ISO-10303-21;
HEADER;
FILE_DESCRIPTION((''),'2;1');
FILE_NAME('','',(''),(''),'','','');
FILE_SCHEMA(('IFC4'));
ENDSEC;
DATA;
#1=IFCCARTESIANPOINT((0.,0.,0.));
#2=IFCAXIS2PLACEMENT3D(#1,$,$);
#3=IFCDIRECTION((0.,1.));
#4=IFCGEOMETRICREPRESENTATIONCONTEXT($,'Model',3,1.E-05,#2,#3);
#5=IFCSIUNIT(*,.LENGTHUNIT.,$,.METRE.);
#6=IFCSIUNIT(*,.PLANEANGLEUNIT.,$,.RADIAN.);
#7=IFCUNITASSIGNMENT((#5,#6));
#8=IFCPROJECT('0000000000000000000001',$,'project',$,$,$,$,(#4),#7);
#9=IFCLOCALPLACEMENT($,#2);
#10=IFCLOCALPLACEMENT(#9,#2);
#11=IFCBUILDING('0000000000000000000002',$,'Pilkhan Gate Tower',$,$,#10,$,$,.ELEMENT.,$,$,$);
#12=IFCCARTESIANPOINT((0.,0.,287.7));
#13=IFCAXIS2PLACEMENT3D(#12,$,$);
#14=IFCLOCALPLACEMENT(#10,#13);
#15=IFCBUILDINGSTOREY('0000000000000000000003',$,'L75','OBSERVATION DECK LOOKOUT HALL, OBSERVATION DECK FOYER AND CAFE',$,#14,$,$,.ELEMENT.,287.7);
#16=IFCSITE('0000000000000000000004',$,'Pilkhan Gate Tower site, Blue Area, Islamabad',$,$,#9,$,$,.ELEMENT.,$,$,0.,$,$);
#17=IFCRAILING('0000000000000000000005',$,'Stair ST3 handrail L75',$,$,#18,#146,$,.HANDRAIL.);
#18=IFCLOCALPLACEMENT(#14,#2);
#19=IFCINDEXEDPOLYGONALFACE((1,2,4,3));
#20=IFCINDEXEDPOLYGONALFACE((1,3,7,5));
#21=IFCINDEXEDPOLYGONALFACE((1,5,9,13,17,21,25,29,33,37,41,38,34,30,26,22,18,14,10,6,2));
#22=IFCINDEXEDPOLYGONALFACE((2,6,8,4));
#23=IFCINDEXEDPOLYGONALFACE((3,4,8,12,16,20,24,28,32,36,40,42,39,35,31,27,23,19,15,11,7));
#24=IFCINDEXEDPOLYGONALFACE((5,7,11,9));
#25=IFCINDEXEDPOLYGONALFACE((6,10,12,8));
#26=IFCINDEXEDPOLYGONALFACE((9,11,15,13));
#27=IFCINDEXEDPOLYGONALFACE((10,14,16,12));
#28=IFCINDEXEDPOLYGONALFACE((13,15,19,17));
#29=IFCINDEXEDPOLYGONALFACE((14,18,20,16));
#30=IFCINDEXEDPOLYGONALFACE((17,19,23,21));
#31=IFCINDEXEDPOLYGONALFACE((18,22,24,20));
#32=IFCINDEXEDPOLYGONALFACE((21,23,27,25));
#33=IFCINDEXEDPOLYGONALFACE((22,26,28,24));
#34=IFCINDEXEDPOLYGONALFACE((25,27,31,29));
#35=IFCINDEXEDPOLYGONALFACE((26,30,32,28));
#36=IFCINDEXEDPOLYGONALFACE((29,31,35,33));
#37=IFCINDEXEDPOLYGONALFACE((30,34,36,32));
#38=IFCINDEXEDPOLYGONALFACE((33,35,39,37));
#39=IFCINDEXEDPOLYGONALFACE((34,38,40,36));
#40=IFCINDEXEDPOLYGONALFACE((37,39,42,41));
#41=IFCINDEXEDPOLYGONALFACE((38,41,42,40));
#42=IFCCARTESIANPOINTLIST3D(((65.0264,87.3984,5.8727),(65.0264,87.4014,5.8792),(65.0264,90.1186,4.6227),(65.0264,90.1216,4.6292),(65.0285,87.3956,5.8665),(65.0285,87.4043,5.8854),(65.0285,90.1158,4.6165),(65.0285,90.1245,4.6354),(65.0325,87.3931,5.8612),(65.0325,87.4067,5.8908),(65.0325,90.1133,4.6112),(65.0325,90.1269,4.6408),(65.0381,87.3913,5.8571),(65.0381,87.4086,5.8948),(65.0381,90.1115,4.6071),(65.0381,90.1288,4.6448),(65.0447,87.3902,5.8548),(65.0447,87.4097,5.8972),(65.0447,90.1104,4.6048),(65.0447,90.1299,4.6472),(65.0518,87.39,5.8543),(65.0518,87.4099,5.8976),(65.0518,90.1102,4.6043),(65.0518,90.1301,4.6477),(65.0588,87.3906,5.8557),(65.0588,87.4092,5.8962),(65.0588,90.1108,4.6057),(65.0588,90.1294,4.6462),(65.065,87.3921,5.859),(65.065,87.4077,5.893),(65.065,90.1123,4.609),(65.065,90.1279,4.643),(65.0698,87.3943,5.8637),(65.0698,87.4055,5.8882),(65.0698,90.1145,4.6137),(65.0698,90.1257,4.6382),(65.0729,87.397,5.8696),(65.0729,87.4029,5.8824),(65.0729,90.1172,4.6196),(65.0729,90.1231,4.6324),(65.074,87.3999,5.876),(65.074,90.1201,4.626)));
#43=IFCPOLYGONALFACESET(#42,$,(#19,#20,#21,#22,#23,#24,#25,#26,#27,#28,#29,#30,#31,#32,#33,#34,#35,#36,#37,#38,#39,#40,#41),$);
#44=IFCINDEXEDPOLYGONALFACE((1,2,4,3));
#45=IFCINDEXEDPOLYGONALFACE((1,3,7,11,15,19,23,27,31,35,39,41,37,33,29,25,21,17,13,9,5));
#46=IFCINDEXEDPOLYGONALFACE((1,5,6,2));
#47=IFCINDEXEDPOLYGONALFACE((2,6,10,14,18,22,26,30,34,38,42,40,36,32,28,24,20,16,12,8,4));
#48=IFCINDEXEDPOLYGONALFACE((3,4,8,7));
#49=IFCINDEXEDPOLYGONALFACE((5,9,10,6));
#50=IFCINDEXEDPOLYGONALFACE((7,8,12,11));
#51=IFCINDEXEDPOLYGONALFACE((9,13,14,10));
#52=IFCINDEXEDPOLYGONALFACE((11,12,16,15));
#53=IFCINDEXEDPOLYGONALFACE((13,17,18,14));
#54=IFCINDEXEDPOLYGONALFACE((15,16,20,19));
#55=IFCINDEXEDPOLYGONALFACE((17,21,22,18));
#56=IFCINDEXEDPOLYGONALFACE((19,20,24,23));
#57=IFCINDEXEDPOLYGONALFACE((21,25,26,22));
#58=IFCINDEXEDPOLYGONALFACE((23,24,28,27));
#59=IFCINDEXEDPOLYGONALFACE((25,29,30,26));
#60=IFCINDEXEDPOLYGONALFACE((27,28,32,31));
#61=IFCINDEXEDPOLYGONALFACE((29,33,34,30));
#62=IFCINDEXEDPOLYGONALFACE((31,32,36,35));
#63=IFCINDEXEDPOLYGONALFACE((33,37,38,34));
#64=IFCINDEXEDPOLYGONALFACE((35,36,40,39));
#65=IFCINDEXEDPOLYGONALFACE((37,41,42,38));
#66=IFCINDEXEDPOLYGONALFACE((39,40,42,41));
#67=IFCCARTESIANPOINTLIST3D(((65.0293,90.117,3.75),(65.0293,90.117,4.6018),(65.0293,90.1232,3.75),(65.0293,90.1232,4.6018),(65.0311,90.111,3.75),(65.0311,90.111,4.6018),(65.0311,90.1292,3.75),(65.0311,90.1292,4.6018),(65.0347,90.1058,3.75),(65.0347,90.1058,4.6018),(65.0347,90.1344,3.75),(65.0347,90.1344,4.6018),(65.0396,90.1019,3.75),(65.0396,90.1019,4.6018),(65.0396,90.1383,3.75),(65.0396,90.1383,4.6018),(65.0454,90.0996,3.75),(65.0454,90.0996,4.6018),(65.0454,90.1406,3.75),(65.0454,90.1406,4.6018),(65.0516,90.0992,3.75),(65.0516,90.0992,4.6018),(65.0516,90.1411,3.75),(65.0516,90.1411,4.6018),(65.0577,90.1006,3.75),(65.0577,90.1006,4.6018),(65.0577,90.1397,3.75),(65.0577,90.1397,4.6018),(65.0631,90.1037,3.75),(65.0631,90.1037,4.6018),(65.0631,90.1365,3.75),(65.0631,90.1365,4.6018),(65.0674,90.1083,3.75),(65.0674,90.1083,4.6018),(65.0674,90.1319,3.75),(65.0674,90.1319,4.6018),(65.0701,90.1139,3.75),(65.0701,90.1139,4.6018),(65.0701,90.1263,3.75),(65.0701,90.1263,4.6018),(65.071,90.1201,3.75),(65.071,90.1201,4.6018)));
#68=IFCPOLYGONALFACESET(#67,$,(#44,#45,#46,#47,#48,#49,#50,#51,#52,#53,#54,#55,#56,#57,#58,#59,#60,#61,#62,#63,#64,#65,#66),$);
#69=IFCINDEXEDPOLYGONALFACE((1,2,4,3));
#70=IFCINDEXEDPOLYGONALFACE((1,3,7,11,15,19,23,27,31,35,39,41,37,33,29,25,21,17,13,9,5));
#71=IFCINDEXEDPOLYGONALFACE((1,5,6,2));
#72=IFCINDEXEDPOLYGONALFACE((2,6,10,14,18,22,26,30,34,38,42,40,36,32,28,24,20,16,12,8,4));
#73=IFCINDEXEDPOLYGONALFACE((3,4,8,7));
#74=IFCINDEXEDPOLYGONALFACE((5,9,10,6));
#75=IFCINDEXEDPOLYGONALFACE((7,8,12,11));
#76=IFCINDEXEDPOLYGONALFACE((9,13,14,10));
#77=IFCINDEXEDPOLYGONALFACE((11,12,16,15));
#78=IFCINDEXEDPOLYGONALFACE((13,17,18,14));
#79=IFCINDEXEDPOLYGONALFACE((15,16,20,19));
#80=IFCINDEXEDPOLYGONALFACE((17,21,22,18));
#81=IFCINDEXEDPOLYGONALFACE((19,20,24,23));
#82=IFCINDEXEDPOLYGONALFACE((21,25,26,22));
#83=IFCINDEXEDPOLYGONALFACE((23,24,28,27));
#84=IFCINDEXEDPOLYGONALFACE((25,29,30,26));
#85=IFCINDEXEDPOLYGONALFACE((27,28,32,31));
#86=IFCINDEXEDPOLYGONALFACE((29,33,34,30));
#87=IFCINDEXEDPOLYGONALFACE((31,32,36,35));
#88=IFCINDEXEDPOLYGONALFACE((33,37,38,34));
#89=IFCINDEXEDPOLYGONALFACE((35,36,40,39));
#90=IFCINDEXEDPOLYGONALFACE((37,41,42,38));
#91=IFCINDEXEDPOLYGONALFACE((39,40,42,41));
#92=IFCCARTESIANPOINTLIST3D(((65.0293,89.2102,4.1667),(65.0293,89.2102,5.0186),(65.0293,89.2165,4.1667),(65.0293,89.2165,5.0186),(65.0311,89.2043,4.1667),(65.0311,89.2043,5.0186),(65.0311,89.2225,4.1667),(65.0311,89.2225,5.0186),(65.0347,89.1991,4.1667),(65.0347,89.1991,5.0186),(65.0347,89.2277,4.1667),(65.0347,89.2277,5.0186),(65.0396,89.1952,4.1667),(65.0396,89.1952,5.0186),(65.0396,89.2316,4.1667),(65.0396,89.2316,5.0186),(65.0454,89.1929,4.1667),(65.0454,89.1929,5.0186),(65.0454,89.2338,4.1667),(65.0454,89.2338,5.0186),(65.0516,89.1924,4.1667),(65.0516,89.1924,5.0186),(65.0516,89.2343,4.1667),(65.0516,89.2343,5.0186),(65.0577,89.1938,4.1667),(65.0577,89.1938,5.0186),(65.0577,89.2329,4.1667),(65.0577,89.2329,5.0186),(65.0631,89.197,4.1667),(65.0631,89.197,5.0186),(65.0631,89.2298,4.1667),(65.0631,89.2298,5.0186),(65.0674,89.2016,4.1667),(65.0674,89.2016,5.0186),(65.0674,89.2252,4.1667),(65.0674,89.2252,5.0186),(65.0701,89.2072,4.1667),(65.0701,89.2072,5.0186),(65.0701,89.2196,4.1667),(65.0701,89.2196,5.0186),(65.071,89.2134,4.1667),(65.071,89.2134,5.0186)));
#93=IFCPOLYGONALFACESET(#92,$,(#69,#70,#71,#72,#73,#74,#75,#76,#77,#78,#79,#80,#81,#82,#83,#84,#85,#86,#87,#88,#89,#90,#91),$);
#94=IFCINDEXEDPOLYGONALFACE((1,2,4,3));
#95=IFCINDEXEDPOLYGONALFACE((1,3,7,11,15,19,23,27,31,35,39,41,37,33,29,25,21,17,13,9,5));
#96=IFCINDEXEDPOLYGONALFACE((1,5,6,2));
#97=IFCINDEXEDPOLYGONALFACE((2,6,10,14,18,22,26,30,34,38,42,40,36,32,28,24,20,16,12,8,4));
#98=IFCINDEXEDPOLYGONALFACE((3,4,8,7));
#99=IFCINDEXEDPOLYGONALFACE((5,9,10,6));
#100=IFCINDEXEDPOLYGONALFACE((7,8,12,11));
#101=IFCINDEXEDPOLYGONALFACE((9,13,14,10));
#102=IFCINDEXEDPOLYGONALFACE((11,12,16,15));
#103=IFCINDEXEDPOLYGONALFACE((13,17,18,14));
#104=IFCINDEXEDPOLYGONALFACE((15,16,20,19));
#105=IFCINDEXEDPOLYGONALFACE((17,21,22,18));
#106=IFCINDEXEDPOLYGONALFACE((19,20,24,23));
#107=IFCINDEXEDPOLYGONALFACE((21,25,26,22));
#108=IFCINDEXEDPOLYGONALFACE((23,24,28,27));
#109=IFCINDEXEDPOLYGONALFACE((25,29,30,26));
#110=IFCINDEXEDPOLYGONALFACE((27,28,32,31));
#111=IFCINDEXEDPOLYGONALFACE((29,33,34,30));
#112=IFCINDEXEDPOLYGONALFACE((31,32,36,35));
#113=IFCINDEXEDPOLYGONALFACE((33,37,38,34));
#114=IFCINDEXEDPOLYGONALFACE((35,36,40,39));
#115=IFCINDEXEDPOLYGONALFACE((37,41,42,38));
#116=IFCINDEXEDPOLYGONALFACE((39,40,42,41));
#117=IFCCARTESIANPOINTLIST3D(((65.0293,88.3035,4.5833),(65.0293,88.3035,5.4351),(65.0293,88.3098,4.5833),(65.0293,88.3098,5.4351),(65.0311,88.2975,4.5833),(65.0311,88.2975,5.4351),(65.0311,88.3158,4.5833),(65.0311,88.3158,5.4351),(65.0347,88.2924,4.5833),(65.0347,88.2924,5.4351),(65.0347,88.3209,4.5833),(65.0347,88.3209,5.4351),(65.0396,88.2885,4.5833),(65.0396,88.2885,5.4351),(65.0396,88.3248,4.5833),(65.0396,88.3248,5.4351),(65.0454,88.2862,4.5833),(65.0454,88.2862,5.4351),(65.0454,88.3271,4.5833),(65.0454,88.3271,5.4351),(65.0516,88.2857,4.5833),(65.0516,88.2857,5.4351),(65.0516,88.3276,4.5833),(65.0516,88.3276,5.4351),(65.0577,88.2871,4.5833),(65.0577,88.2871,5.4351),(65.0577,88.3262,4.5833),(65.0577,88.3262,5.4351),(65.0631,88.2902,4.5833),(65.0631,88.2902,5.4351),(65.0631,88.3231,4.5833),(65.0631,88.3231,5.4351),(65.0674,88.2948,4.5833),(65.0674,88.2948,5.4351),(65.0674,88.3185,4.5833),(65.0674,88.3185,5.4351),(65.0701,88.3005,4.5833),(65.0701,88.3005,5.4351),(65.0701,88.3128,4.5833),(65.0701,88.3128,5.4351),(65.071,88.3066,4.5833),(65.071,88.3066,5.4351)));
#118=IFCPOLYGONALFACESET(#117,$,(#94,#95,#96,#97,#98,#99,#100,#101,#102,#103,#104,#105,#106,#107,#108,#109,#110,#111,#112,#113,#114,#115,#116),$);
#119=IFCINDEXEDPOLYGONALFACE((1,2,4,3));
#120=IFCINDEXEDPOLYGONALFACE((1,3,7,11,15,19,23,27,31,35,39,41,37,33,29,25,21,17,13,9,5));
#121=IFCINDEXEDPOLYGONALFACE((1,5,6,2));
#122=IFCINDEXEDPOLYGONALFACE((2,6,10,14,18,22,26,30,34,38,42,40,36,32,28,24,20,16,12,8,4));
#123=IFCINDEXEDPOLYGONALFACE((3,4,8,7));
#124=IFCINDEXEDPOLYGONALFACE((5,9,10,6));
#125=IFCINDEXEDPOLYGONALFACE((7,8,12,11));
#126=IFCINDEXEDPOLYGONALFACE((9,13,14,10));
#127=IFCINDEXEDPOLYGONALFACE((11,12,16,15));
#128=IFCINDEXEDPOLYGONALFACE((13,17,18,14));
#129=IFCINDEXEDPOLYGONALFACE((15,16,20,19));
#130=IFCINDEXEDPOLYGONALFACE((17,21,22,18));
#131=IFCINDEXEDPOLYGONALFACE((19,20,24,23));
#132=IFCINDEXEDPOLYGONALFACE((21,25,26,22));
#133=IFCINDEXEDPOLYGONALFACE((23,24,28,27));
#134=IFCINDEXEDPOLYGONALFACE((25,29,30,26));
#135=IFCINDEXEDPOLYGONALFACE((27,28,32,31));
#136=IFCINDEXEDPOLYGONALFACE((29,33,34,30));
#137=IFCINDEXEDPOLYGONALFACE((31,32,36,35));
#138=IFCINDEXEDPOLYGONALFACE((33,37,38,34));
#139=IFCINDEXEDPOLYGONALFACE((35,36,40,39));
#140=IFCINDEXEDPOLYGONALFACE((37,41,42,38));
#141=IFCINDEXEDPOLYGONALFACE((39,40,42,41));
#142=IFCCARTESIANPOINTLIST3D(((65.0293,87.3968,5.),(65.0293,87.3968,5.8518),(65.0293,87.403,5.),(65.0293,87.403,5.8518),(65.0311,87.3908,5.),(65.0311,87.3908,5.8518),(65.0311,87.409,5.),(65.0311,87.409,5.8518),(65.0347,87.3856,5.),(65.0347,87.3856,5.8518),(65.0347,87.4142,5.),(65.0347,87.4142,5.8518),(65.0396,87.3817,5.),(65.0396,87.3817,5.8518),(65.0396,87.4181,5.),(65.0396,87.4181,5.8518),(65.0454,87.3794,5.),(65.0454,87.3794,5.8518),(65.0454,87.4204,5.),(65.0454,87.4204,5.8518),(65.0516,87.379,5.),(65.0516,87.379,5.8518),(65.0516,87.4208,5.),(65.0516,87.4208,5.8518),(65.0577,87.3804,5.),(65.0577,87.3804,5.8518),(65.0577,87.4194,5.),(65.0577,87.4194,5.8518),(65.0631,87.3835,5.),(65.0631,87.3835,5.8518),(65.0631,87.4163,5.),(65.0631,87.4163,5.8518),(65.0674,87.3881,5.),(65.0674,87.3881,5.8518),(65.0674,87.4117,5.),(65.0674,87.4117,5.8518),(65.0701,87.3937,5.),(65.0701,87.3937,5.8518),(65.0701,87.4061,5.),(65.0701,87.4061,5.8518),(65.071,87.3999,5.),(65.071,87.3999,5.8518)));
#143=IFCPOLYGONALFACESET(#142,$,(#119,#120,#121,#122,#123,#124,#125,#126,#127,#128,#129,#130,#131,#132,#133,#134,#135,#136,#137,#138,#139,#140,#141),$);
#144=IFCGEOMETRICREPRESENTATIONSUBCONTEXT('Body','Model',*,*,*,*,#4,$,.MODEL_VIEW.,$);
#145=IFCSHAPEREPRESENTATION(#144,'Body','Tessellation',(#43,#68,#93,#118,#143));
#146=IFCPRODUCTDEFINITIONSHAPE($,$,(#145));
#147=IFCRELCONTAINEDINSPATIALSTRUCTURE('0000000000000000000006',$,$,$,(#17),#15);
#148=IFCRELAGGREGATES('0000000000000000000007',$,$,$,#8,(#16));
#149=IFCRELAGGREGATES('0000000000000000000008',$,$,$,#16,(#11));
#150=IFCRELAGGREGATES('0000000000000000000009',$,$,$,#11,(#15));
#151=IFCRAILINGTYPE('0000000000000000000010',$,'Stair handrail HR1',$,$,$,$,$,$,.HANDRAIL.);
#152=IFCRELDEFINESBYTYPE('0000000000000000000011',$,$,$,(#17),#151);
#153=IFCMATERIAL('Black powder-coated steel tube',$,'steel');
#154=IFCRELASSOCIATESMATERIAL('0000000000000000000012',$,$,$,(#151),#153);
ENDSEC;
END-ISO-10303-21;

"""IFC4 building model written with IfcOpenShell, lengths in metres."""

from ifc_helpers import new_model, si_unit, direction, frame, origin, origin_2d, place, context, subcontext, project, spatial, circle, extrude, material, type_object, element, save


model = new_model("IFC4")

# Units and contexts
model_context = context("Model", 3, precision=1e-05, world=origin(), true_north=direction((0.0, 1.0)))
body_context = subcontext(model_context, "Body", "Model", "MODEL_VIEW")
ifc_project = project(units=[si_unit("LENGTHUNIT", "METRE"), si_unit("PLANEANGLEUNIT", "RADIAN")], contexts=[model_context])

# Site, building, storey
site_placement = place(None, origin())
site = spatial("IfcSite", under=ifc_project, at=site_placement, Name="Pilkhan Gate Tower site, Blue Area, Islamabad", CompositionType="ELEMENT", RefElevation=0.0)
building_placement = place(site_placement, origin())
building = spatial("IfcBuilding", under=site, at=building_placement, Name="Pilkhan Gate Tower", CompositionType="ELEMENT")
storey_placement = place(building_placement, frame((0.0, 0.0, 287.7)))
storey = spatial("IfcBuildingStorey", under=building, at=storey_placement, Name="L75", Description="OBSERVATION DECK LOOKOUT HALL, OBSERVATION DECK FOYER AND CAFE", CompositionType="ELEMENT", Elevation=287.7)

# Railing
ifc_material_1 = material(Name="Black powder-coated steel tube", Category="steel")
railing_type_1 = type_object("IfcRailingType", Name="Stair handrail HR1", PredefinedType="HANDRAIL", material=ifc_material_1)
railing_1_placement = place(storey_placement, frame((65.05, 90.1201, 3.75)))
element("IfcRailing", 1, at=railing_1_placement, inside=storey, type_object=railing_type_1, Name="Stair ST3 handrail L75", PredefinedType="HANDRAIL", context=body_context, shape_type="SweptSolid", body=[
    extrude(circle(Radius=0.0239, at=origin_2d()), frame((0.0, 0.0, 0.876), z_axis=(0.0, -0.908655, 0.417547), x_axis=(1.0, 0.0, 0.0)), (0.0, 0.0, 1.0), 2.9937),
    extrude(circle(Radius=0.021, at=origin_2d()), origin(), (0.0, 0.0, 1.0), 0.8518),
    extrude(circle(Radius=0.021, at=origin_2d()), frame((0.0, -0.9067, 0.4167)), (0.0, 0.0, 1.0), 0.8518),
    extrude(circle(Radius=0.021, at=origin_2d()), frame((0.0, -1.8135, 0.8333)), (0.0, 0.0, 1.0), 0.8518),
    extrude(circle(Radius=0.021, at=origin_2d()), frame((0.0, -2.7202, 1.25)), (0.0, 0.0, 1.0), 0.8518),
])

save(model, "model.ifc")
